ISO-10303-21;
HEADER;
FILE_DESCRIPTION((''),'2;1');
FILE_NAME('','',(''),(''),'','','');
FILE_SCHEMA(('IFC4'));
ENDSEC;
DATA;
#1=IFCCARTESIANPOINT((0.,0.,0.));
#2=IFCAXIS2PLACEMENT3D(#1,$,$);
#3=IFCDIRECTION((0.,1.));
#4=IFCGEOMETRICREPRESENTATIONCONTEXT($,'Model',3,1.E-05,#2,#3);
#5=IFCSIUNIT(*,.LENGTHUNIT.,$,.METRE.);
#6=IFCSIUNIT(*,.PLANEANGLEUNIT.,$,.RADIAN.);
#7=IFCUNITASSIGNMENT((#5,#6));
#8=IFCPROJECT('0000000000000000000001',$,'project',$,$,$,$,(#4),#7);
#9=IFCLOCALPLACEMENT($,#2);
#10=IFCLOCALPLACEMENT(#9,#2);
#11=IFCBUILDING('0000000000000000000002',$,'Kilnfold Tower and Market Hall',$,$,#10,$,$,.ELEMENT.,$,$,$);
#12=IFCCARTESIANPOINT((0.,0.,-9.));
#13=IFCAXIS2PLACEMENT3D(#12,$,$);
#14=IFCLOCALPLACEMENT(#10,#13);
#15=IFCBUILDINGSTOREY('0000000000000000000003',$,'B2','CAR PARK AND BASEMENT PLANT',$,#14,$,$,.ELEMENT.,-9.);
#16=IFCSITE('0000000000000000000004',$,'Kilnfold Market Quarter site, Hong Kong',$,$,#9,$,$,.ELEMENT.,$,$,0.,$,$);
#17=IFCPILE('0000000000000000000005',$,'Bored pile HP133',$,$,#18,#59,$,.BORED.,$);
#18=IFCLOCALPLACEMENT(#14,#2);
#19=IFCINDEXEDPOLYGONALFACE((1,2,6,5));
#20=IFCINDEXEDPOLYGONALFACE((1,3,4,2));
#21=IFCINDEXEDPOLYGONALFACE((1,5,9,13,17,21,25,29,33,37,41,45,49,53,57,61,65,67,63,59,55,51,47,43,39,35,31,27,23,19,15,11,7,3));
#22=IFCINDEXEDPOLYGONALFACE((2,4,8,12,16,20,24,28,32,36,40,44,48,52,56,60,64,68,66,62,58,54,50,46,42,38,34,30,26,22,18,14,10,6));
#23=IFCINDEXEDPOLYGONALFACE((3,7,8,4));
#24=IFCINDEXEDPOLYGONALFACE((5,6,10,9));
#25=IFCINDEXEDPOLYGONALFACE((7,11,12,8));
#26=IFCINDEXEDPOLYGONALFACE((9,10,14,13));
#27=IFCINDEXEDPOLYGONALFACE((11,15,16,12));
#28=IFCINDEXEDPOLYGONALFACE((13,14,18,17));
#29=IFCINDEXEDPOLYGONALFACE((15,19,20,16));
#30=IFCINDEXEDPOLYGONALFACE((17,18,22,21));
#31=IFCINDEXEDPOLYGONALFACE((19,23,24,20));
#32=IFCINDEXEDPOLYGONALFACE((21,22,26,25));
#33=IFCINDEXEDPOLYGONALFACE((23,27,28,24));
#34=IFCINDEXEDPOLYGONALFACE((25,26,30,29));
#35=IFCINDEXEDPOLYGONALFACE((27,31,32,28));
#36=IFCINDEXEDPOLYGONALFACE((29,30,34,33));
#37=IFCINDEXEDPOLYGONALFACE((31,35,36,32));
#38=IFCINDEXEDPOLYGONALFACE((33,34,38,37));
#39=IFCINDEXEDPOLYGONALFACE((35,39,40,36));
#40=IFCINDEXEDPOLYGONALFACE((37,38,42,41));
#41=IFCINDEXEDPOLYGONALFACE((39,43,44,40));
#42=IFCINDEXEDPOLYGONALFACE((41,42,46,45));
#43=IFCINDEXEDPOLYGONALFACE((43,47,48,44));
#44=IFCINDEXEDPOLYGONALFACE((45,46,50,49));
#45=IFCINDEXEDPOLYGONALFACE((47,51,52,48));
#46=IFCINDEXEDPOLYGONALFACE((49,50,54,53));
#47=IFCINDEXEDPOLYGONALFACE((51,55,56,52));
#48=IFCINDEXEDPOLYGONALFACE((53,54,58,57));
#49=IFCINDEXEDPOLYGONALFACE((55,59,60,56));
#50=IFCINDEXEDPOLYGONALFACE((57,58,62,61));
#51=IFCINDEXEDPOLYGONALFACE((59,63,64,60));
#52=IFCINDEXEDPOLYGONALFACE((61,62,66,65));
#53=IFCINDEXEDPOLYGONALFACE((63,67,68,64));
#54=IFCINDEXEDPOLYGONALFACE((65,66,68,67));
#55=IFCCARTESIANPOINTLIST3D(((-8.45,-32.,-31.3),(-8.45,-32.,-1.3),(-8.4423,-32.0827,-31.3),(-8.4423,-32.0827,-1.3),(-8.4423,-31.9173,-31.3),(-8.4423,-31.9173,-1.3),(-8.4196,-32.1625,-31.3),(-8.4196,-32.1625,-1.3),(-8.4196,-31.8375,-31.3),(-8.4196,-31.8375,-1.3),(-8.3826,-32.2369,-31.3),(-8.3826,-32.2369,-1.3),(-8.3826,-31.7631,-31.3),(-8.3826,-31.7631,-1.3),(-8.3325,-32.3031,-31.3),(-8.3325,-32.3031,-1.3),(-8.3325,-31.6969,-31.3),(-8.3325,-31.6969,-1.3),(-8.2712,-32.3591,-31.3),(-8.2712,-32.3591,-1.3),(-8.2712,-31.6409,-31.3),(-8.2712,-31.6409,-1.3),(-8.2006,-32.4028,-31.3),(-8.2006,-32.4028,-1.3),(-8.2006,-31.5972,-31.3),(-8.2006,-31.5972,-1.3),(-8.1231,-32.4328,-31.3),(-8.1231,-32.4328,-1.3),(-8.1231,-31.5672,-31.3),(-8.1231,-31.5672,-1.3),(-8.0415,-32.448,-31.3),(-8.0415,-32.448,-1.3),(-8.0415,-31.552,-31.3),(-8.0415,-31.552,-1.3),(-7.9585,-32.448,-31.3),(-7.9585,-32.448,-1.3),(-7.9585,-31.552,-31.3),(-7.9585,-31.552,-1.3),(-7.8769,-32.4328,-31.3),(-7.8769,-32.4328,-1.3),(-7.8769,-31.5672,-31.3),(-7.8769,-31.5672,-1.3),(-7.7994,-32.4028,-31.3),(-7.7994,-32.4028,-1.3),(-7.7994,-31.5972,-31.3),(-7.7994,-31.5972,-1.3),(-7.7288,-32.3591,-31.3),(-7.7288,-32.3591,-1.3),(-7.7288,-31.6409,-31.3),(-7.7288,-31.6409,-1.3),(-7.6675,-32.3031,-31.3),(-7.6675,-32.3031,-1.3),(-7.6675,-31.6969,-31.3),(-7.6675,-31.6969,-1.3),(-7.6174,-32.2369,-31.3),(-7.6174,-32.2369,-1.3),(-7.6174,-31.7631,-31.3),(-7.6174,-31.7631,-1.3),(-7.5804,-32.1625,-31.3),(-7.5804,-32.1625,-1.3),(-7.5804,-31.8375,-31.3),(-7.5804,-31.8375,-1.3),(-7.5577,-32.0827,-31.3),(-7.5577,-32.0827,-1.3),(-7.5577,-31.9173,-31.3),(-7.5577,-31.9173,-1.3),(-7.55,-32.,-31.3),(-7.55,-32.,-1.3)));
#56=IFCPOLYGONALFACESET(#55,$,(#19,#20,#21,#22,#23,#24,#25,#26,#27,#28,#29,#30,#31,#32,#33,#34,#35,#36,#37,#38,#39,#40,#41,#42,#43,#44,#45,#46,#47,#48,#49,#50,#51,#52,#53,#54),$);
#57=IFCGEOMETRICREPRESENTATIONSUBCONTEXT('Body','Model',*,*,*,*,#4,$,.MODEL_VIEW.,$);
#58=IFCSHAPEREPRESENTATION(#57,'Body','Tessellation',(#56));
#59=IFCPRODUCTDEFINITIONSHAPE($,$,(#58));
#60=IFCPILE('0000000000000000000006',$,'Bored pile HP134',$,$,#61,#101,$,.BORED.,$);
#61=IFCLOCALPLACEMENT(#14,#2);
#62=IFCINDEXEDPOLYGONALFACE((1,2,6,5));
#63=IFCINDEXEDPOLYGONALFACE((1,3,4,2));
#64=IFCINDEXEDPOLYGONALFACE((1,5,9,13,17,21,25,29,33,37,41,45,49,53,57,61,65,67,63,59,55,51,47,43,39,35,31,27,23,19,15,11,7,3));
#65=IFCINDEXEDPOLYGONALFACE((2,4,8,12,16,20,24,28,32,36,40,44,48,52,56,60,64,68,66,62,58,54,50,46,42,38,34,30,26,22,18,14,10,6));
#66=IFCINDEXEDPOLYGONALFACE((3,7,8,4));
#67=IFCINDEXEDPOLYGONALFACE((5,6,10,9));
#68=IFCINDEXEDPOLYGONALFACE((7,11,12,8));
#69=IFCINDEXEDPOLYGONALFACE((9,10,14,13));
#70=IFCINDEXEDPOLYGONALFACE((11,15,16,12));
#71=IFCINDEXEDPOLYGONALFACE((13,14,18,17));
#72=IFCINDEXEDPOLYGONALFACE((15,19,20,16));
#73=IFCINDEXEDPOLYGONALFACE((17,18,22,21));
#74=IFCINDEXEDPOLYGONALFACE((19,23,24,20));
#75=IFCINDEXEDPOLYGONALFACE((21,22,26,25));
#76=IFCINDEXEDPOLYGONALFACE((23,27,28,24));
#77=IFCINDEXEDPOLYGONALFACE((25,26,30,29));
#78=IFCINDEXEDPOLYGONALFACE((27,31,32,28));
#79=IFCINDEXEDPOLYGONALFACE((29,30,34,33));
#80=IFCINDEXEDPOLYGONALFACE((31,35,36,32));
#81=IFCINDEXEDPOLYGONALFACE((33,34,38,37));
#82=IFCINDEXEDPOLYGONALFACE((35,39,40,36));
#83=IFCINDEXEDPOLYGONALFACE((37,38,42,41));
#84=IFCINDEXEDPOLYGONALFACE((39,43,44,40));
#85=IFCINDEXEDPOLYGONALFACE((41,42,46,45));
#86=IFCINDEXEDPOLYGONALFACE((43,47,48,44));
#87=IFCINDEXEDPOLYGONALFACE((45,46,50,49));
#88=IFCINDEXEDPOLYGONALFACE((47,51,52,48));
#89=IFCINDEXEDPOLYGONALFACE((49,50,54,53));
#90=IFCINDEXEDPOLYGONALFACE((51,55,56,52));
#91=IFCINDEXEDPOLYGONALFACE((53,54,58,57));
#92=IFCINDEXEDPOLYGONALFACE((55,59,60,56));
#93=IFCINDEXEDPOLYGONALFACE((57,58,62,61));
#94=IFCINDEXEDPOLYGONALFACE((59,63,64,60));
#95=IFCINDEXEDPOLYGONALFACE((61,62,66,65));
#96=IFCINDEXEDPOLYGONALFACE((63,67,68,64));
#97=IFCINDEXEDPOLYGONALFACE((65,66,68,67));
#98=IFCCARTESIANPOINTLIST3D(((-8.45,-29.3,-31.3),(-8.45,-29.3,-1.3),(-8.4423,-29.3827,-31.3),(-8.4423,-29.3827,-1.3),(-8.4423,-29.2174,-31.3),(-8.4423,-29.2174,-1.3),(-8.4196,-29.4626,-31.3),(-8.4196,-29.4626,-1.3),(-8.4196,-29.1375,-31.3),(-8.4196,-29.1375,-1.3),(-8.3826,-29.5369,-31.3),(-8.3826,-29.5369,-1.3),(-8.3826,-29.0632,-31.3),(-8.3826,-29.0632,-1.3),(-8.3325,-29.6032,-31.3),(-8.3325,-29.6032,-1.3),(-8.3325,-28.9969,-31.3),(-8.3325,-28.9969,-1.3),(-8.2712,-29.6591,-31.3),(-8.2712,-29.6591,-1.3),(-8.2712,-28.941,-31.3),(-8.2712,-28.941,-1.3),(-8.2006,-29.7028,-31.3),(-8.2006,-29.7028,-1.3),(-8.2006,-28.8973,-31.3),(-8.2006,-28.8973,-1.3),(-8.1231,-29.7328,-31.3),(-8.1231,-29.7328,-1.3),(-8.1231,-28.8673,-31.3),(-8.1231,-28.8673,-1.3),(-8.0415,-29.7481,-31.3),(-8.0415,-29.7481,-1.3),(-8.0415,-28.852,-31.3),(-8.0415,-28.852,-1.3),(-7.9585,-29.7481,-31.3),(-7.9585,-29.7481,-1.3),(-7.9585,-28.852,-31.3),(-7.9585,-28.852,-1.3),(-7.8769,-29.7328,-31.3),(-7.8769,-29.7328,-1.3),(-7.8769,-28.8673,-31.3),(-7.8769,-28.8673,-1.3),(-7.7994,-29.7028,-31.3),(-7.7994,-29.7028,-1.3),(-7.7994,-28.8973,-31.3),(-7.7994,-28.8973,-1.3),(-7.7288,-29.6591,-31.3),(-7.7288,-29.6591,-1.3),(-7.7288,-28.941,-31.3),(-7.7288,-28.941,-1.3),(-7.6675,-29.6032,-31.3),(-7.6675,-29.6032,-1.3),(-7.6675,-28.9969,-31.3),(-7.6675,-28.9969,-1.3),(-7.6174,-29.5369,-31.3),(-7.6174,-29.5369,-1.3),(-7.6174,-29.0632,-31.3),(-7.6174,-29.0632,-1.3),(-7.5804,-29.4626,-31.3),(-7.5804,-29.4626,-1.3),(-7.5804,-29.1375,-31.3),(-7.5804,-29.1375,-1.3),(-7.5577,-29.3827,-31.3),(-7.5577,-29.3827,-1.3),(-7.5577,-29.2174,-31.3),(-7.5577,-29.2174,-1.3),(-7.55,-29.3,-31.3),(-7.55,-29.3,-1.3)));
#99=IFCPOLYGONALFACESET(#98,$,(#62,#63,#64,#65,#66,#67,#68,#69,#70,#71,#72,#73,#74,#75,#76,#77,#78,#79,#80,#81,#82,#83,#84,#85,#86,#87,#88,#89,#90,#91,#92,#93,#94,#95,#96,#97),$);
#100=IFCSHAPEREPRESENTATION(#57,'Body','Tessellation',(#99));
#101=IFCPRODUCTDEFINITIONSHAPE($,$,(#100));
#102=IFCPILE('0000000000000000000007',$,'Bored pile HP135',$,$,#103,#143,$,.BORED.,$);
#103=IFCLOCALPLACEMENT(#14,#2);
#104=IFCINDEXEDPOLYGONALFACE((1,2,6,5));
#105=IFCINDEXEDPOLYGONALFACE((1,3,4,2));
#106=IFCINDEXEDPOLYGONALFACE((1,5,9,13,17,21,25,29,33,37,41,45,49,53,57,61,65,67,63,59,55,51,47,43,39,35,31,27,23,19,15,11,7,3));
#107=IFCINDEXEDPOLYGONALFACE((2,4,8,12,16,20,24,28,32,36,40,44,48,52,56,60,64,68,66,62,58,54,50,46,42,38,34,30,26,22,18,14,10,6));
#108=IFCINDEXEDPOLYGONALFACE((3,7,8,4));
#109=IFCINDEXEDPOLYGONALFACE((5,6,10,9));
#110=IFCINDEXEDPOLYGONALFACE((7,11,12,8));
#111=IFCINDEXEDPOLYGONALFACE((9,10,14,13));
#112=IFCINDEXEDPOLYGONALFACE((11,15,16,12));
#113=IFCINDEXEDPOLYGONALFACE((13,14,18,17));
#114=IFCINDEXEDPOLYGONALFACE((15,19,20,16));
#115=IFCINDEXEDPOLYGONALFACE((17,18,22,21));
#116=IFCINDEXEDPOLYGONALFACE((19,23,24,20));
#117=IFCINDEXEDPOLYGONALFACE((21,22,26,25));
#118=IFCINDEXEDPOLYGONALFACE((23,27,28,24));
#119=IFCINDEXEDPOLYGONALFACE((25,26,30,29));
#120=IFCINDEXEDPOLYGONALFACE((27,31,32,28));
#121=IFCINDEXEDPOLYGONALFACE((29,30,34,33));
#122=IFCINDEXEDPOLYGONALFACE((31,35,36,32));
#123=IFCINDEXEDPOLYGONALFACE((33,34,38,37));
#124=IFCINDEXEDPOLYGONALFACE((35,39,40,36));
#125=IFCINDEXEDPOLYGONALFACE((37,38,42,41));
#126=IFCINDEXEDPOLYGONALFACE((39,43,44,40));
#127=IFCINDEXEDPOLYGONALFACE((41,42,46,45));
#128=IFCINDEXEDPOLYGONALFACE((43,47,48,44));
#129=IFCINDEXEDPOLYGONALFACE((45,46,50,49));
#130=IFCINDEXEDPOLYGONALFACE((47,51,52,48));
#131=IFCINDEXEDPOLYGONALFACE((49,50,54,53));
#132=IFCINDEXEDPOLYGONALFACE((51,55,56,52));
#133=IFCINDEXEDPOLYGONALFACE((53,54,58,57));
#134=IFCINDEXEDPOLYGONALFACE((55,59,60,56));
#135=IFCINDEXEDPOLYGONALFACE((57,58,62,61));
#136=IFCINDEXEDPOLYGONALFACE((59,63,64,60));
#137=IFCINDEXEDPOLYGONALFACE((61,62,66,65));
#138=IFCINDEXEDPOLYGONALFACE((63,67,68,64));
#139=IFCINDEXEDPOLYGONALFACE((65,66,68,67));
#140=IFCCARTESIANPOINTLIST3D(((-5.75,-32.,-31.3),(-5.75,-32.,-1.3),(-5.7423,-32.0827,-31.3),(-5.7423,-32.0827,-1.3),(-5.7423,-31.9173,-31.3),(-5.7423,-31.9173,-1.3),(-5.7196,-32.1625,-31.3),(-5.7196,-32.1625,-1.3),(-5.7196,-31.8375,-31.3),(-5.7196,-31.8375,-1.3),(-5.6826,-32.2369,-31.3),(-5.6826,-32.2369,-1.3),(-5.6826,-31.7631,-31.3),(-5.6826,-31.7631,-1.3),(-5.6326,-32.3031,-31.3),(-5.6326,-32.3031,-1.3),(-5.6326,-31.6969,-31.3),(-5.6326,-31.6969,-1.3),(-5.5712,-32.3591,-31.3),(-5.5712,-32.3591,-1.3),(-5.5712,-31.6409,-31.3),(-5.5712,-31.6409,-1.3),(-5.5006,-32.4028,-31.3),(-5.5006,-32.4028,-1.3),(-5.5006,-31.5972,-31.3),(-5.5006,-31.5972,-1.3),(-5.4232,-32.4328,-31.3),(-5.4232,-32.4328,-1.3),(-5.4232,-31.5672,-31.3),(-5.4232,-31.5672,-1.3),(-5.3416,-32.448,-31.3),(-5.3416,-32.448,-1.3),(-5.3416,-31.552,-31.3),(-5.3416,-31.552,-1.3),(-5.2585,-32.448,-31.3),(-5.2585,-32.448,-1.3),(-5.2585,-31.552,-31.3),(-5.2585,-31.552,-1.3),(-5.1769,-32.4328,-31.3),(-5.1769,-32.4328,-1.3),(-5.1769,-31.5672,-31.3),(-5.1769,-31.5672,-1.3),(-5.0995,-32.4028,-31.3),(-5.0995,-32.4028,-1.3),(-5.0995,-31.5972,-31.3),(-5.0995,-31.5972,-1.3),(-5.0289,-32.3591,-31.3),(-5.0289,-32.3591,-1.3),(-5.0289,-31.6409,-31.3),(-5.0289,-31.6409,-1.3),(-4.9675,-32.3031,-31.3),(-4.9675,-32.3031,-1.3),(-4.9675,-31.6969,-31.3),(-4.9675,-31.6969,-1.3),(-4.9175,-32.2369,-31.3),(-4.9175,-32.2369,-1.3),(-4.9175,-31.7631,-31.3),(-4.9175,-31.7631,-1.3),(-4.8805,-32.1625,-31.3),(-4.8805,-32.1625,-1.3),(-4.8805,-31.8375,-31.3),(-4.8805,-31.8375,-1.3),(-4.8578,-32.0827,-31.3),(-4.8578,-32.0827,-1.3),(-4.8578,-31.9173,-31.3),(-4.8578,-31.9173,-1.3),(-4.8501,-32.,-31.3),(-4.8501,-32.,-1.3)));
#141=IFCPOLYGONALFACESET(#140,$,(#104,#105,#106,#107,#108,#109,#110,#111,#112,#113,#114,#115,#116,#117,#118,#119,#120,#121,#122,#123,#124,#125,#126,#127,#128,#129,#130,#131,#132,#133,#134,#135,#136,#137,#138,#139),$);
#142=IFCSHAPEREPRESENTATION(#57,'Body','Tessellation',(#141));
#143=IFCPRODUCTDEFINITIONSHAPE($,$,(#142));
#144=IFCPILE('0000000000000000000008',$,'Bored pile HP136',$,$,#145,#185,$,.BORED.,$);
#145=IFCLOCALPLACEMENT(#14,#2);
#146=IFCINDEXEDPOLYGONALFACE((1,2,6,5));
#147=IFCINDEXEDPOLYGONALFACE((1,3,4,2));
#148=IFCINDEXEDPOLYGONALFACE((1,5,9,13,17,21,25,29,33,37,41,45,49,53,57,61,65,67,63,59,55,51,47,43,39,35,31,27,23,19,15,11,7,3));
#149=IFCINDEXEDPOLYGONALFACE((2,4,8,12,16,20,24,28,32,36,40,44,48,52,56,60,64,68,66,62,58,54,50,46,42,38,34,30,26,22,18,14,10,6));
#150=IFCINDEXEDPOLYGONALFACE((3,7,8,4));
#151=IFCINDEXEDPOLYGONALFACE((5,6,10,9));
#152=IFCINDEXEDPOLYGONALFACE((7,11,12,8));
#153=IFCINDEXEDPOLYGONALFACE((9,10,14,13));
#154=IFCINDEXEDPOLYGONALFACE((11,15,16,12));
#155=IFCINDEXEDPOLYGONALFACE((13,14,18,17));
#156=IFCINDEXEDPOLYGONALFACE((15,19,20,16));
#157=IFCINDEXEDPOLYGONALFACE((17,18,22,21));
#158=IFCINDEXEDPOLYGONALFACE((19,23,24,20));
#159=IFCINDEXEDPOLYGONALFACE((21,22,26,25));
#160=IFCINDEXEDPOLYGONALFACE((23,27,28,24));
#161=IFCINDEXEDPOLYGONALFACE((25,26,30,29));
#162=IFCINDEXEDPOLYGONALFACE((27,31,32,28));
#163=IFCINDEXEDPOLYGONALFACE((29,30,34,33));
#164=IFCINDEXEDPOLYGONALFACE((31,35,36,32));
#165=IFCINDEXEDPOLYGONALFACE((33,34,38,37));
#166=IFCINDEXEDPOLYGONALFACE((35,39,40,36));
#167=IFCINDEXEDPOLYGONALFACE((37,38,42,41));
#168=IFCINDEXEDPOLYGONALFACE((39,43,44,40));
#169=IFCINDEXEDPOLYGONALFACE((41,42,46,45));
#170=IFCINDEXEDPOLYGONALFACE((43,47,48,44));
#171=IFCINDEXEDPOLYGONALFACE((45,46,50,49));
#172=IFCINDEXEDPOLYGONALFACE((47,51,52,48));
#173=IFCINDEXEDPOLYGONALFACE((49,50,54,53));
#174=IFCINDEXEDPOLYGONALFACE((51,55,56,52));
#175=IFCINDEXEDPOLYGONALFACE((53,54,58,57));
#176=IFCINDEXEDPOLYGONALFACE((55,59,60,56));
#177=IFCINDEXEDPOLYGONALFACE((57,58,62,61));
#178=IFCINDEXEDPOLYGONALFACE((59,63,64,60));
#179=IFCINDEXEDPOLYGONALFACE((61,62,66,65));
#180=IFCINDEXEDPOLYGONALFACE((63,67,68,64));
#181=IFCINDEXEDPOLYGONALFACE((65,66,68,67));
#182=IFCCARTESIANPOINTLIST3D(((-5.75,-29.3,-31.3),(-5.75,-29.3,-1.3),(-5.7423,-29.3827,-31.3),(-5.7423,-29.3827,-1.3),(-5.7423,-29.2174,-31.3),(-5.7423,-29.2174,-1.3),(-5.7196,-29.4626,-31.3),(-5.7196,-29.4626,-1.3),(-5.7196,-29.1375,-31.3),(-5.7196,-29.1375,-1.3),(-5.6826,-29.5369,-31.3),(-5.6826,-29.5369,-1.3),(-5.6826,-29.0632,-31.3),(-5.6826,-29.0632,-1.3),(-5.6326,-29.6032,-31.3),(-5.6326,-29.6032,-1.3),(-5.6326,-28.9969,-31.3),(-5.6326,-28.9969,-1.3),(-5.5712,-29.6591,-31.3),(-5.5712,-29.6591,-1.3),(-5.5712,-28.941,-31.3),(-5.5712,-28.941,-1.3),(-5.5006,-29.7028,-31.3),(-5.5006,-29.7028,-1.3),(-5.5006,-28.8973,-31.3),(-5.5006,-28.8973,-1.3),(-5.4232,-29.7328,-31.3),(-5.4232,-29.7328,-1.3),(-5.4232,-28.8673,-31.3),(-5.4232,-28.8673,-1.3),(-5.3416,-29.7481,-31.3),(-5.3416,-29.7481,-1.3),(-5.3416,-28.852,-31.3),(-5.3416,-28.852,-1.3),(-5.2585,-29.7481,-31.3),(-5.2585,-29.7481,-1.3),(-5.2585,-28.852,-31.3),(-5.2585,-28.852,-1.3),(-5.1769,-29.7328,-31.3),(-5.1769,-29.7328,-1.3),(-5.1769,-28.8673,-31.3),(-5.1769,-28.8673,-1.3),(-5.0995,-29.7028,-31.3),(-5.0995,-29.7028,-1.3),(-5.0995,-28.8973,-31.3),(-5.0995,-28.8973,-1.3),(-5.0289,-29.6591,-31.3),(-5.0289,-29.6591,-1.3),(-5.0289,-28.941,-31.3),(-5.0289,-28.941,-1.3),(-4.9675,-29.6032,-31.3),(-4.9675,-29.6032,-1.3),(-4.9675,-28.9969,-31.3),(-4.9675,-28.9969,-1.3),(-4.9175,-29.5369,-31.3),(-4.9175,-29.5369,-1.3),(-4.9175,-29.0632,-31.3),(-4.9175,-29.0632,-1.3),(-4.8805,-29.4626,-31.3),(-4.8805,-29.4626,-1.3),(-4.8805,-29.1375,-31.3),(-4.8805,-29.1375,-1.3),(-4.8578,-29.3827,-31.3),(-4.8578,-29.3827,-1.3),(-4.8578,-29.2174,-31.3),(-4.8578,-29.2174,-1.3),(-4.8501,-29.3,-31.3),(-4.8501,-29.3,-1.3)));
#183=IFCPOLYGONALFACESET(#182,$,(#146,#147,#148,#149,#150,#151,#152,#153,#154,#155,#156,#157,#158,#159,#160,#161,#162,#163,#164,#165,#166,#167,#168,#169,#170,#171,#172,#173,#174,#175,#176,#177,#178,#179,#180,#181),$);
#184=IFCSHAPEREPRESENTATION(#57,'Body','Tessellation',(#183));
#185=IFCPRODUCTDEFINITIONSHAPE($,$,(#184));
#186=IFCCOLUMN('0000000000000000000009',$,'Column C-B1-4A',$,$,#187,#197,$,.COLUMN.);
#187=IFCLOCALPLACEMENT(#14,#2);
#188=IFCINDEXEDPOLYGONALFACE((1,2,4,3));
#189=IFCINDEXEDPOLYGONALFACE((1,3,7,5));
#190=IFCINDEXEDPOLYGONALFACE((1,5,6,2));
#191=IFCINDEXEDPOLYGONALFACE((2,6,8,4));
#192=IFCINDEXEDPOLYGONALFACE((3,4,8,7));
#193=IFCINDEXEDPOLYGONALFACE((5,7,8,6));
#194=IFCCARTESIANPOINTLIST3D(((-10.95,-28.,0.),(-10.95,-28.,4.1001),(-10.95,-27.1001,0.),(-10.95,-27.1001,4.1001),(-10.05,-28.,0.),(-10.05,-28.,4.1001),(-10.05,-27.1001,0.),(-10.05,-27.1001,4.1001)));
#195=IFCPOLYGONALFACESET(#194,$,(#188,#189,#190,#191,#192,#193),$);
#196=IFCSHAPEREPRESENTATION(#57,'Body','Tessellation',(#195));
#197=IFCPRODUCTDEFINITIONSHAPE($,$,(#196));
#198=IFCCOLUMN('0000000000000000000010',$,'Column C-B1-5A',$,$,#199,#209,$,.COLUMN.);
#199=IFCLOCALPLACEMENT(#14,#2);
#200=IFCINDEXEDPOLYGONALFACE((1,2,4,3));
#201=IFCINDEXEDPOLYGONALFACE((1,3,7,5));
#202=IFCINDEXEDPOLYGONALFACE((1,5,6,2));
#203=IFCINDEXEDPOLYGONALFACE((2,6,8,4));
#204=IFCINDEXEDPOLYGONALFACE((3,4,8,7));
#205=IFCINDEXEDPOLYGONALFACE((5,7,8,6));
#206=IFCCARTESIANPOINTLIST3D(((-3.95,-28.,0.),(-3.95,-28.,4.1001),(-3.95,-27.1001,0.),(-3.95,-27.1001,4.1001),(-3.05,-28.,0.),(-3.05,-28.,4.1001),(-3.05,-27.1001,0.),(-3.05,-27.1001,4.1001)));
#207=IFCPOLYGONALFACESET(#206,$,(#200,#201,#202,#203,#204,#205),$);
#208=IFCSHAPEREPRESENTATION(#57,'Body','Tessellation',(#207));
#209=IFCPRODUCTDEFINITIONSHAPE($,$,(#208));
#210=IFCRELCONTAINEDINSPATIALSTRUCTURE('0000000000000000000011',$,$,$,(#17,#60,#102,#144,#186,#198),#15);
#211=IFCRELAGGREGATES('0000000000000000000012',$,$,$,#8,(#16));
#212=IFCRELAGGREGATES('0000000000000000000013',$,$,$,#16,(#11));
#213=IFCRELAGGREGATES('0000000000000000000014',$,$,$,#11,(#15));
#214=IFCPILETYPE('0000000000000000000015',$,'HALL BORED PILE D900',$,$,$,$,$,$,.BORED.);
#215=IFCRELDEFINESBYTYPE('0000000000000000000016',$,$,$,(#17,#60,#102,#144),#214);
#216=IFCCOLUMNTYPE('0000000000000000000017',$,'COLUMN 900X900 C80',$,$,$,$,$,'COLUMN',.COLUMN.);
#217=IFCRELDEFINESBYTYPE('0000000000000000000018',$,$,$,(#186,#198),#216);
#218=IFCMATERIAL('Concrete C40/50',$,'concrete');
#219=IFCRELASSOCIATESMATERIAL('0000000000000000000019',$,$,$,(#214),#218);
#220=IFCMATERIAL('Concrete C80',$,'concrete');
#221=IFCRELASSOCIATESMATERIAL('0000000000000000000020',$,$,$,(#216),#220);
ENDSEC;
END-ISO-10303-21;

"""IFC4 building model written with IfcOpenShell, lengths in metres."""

from ifc_helpers import new_model, si_unit, direction, frame, origin, origin_2d, place, context, subcontext, project, spatial, rectangle, circle, extrude, source, transform, mapped, material, material_profile, profile_set, type_object, element, save


model = new_model("IFC4")

# Units and contexts
model_context = context("Model", 3, precision=1e-05, world=origin(), true_north=direction((0.0, 1.0)))
body_context = subcontext(model_context, "Body", "Model", "MODEL_VIEW")
ifc_project = project(units=[si_unit("LENGTHUNIT", "METRE"), si_unit("PLANEANGLEUNIT", "RADIAN")], contexts=[model_context])

# Site, building, storey
site_placement = place(None, origin())
site = spatial("IfcSite", under=ifc_project, at=site_placement, Name="Kilnfold Market Quarter site, Hong Kong", CompositionType="ELEMENT", RefElevation=0.0)
building_placement = place(site_placement, origin())
building = spatial("IfcBuilding", under=site, at=building_placement, Name="Kilnfold Tower and Market Hall", CompositionType="ELEMENT")
storey_placement = place(building_placement, frame((0.0, 0.0, -9.0)))
storey = spatial("IfcBuildingStorey", under=building, at=storey_placement, Name="B2", Description="CAR PARK AND BASEMENT PLANT", CompositionType="ELEMENT", Elevation=-9.0)

# Piles
ifc_material_1 = material(Name="Concrete C40/50", Category="concrete")
ifc_material_profile_1 = material_profile(ifc_material_1, circle(Radius=0.45, at=origin_2d()), Name="D900")
ifc_profile_set_1 = profile_set([ifc_material_profile_1], Name="Concrete C40/50")
pile_type_1 = type_object("IfcPileType", Name="HALL BORED PILE D900", PredefinedType="BORED", material=ifc_profile_set_1)
shared_shape_1 = source(origin(), body_context, "Body", "SweptSolid", [
    extrude(circle(Radius=0.45, at=origin_2d()), origin(), (0.0, 0.0, 1.0), 30.0),
])
for number, where, z_axis, x_axis, name in (
    (1, (-8.0, -32.0, -1.3), (0.0, 0.0, -1.0), (1.0, 0.0, 0.0), "Bored pile HP133"),
    (2, (-8.0, -29.3, -1.3), (0.0, 0.0, -1.0), (1.0, 0.0, 0.0), "Bored pile HP134"),
    (3, (-5.3, -32.0, -1.3), (0.0, 0.0, -1.0), (1.0, 0.0, 0.0), "Bored pile HP135"),
    (4, (-5.3, -29.3, -1.3), (0.0, 0.0, -1.0), (1.0, 0.0, 0.0), "Bored pile HP136"),
):
    element("IfcPile", number, at=place(storey_placement, frame(where, z_axis=z_axis, x_axis=x_axis)), inside=storey, type_object=pile_type_1, Name=name, PredefinedType="BORED", context=body_context, shape_type="MappedRepresentation", body=[
        mapped(shared_shape_1, transform((0.0, 0.0, 0.0))),
    ])

# Columns
ifc_material_2 = material(Name="Concrete C80", Category="concrete")
ifc_material_profile_2 = material_profile(ifc_material_2, rectangle(XDim=0.8999, YDim=0.8999, at=origin_2d()), Name="RC 900x900")
ifc_profile_set_2 = profile_set([ifc_material_profile_2], Name="Concrete C80")
column_type_1 = type_object("IfcColumnType", Name="COLUMN 900X900 C80", ElementType="COLUMN", PredefinedType="COLUMN", material=ifc_profile_set_2)
shared_shape_2 = source(origin(), body_context, "Body", "SweptSolid", [
    extrude(rectangle(XDim=0.8999, YDim=0.8999, at=origin_2d()), origin(), (0.0, 0.0, 1.0), 4.1001),
])
for number, where, z_axis, x_axis, name in (
    (5, (-10.5, -27.55, 0.0), (0.0, 0.0, 1.0), (1.0, 0.0, 0.0), "Column C-B1-4A"),
    (6, (-3.5, -27.55, 0.0), (0.0, 0.0, 1.0), (1.0, 0.0, 0.0), "Column C-B1-5A"),
):
    element("IfcColumn", number, at=place(storey_placement, frame(where, z_axis=z_axis, x_axis=x_axis)), inside=storey, type_object=column_type_1, Name=name, PredefinedType="COLUMN", context=body_context, shape_type="MappedRepresentation", body=[
        mapped(shared_shape_2, transform((0.0, 0.0, 0.0))),
    ])

save(model, "model.ifc")
